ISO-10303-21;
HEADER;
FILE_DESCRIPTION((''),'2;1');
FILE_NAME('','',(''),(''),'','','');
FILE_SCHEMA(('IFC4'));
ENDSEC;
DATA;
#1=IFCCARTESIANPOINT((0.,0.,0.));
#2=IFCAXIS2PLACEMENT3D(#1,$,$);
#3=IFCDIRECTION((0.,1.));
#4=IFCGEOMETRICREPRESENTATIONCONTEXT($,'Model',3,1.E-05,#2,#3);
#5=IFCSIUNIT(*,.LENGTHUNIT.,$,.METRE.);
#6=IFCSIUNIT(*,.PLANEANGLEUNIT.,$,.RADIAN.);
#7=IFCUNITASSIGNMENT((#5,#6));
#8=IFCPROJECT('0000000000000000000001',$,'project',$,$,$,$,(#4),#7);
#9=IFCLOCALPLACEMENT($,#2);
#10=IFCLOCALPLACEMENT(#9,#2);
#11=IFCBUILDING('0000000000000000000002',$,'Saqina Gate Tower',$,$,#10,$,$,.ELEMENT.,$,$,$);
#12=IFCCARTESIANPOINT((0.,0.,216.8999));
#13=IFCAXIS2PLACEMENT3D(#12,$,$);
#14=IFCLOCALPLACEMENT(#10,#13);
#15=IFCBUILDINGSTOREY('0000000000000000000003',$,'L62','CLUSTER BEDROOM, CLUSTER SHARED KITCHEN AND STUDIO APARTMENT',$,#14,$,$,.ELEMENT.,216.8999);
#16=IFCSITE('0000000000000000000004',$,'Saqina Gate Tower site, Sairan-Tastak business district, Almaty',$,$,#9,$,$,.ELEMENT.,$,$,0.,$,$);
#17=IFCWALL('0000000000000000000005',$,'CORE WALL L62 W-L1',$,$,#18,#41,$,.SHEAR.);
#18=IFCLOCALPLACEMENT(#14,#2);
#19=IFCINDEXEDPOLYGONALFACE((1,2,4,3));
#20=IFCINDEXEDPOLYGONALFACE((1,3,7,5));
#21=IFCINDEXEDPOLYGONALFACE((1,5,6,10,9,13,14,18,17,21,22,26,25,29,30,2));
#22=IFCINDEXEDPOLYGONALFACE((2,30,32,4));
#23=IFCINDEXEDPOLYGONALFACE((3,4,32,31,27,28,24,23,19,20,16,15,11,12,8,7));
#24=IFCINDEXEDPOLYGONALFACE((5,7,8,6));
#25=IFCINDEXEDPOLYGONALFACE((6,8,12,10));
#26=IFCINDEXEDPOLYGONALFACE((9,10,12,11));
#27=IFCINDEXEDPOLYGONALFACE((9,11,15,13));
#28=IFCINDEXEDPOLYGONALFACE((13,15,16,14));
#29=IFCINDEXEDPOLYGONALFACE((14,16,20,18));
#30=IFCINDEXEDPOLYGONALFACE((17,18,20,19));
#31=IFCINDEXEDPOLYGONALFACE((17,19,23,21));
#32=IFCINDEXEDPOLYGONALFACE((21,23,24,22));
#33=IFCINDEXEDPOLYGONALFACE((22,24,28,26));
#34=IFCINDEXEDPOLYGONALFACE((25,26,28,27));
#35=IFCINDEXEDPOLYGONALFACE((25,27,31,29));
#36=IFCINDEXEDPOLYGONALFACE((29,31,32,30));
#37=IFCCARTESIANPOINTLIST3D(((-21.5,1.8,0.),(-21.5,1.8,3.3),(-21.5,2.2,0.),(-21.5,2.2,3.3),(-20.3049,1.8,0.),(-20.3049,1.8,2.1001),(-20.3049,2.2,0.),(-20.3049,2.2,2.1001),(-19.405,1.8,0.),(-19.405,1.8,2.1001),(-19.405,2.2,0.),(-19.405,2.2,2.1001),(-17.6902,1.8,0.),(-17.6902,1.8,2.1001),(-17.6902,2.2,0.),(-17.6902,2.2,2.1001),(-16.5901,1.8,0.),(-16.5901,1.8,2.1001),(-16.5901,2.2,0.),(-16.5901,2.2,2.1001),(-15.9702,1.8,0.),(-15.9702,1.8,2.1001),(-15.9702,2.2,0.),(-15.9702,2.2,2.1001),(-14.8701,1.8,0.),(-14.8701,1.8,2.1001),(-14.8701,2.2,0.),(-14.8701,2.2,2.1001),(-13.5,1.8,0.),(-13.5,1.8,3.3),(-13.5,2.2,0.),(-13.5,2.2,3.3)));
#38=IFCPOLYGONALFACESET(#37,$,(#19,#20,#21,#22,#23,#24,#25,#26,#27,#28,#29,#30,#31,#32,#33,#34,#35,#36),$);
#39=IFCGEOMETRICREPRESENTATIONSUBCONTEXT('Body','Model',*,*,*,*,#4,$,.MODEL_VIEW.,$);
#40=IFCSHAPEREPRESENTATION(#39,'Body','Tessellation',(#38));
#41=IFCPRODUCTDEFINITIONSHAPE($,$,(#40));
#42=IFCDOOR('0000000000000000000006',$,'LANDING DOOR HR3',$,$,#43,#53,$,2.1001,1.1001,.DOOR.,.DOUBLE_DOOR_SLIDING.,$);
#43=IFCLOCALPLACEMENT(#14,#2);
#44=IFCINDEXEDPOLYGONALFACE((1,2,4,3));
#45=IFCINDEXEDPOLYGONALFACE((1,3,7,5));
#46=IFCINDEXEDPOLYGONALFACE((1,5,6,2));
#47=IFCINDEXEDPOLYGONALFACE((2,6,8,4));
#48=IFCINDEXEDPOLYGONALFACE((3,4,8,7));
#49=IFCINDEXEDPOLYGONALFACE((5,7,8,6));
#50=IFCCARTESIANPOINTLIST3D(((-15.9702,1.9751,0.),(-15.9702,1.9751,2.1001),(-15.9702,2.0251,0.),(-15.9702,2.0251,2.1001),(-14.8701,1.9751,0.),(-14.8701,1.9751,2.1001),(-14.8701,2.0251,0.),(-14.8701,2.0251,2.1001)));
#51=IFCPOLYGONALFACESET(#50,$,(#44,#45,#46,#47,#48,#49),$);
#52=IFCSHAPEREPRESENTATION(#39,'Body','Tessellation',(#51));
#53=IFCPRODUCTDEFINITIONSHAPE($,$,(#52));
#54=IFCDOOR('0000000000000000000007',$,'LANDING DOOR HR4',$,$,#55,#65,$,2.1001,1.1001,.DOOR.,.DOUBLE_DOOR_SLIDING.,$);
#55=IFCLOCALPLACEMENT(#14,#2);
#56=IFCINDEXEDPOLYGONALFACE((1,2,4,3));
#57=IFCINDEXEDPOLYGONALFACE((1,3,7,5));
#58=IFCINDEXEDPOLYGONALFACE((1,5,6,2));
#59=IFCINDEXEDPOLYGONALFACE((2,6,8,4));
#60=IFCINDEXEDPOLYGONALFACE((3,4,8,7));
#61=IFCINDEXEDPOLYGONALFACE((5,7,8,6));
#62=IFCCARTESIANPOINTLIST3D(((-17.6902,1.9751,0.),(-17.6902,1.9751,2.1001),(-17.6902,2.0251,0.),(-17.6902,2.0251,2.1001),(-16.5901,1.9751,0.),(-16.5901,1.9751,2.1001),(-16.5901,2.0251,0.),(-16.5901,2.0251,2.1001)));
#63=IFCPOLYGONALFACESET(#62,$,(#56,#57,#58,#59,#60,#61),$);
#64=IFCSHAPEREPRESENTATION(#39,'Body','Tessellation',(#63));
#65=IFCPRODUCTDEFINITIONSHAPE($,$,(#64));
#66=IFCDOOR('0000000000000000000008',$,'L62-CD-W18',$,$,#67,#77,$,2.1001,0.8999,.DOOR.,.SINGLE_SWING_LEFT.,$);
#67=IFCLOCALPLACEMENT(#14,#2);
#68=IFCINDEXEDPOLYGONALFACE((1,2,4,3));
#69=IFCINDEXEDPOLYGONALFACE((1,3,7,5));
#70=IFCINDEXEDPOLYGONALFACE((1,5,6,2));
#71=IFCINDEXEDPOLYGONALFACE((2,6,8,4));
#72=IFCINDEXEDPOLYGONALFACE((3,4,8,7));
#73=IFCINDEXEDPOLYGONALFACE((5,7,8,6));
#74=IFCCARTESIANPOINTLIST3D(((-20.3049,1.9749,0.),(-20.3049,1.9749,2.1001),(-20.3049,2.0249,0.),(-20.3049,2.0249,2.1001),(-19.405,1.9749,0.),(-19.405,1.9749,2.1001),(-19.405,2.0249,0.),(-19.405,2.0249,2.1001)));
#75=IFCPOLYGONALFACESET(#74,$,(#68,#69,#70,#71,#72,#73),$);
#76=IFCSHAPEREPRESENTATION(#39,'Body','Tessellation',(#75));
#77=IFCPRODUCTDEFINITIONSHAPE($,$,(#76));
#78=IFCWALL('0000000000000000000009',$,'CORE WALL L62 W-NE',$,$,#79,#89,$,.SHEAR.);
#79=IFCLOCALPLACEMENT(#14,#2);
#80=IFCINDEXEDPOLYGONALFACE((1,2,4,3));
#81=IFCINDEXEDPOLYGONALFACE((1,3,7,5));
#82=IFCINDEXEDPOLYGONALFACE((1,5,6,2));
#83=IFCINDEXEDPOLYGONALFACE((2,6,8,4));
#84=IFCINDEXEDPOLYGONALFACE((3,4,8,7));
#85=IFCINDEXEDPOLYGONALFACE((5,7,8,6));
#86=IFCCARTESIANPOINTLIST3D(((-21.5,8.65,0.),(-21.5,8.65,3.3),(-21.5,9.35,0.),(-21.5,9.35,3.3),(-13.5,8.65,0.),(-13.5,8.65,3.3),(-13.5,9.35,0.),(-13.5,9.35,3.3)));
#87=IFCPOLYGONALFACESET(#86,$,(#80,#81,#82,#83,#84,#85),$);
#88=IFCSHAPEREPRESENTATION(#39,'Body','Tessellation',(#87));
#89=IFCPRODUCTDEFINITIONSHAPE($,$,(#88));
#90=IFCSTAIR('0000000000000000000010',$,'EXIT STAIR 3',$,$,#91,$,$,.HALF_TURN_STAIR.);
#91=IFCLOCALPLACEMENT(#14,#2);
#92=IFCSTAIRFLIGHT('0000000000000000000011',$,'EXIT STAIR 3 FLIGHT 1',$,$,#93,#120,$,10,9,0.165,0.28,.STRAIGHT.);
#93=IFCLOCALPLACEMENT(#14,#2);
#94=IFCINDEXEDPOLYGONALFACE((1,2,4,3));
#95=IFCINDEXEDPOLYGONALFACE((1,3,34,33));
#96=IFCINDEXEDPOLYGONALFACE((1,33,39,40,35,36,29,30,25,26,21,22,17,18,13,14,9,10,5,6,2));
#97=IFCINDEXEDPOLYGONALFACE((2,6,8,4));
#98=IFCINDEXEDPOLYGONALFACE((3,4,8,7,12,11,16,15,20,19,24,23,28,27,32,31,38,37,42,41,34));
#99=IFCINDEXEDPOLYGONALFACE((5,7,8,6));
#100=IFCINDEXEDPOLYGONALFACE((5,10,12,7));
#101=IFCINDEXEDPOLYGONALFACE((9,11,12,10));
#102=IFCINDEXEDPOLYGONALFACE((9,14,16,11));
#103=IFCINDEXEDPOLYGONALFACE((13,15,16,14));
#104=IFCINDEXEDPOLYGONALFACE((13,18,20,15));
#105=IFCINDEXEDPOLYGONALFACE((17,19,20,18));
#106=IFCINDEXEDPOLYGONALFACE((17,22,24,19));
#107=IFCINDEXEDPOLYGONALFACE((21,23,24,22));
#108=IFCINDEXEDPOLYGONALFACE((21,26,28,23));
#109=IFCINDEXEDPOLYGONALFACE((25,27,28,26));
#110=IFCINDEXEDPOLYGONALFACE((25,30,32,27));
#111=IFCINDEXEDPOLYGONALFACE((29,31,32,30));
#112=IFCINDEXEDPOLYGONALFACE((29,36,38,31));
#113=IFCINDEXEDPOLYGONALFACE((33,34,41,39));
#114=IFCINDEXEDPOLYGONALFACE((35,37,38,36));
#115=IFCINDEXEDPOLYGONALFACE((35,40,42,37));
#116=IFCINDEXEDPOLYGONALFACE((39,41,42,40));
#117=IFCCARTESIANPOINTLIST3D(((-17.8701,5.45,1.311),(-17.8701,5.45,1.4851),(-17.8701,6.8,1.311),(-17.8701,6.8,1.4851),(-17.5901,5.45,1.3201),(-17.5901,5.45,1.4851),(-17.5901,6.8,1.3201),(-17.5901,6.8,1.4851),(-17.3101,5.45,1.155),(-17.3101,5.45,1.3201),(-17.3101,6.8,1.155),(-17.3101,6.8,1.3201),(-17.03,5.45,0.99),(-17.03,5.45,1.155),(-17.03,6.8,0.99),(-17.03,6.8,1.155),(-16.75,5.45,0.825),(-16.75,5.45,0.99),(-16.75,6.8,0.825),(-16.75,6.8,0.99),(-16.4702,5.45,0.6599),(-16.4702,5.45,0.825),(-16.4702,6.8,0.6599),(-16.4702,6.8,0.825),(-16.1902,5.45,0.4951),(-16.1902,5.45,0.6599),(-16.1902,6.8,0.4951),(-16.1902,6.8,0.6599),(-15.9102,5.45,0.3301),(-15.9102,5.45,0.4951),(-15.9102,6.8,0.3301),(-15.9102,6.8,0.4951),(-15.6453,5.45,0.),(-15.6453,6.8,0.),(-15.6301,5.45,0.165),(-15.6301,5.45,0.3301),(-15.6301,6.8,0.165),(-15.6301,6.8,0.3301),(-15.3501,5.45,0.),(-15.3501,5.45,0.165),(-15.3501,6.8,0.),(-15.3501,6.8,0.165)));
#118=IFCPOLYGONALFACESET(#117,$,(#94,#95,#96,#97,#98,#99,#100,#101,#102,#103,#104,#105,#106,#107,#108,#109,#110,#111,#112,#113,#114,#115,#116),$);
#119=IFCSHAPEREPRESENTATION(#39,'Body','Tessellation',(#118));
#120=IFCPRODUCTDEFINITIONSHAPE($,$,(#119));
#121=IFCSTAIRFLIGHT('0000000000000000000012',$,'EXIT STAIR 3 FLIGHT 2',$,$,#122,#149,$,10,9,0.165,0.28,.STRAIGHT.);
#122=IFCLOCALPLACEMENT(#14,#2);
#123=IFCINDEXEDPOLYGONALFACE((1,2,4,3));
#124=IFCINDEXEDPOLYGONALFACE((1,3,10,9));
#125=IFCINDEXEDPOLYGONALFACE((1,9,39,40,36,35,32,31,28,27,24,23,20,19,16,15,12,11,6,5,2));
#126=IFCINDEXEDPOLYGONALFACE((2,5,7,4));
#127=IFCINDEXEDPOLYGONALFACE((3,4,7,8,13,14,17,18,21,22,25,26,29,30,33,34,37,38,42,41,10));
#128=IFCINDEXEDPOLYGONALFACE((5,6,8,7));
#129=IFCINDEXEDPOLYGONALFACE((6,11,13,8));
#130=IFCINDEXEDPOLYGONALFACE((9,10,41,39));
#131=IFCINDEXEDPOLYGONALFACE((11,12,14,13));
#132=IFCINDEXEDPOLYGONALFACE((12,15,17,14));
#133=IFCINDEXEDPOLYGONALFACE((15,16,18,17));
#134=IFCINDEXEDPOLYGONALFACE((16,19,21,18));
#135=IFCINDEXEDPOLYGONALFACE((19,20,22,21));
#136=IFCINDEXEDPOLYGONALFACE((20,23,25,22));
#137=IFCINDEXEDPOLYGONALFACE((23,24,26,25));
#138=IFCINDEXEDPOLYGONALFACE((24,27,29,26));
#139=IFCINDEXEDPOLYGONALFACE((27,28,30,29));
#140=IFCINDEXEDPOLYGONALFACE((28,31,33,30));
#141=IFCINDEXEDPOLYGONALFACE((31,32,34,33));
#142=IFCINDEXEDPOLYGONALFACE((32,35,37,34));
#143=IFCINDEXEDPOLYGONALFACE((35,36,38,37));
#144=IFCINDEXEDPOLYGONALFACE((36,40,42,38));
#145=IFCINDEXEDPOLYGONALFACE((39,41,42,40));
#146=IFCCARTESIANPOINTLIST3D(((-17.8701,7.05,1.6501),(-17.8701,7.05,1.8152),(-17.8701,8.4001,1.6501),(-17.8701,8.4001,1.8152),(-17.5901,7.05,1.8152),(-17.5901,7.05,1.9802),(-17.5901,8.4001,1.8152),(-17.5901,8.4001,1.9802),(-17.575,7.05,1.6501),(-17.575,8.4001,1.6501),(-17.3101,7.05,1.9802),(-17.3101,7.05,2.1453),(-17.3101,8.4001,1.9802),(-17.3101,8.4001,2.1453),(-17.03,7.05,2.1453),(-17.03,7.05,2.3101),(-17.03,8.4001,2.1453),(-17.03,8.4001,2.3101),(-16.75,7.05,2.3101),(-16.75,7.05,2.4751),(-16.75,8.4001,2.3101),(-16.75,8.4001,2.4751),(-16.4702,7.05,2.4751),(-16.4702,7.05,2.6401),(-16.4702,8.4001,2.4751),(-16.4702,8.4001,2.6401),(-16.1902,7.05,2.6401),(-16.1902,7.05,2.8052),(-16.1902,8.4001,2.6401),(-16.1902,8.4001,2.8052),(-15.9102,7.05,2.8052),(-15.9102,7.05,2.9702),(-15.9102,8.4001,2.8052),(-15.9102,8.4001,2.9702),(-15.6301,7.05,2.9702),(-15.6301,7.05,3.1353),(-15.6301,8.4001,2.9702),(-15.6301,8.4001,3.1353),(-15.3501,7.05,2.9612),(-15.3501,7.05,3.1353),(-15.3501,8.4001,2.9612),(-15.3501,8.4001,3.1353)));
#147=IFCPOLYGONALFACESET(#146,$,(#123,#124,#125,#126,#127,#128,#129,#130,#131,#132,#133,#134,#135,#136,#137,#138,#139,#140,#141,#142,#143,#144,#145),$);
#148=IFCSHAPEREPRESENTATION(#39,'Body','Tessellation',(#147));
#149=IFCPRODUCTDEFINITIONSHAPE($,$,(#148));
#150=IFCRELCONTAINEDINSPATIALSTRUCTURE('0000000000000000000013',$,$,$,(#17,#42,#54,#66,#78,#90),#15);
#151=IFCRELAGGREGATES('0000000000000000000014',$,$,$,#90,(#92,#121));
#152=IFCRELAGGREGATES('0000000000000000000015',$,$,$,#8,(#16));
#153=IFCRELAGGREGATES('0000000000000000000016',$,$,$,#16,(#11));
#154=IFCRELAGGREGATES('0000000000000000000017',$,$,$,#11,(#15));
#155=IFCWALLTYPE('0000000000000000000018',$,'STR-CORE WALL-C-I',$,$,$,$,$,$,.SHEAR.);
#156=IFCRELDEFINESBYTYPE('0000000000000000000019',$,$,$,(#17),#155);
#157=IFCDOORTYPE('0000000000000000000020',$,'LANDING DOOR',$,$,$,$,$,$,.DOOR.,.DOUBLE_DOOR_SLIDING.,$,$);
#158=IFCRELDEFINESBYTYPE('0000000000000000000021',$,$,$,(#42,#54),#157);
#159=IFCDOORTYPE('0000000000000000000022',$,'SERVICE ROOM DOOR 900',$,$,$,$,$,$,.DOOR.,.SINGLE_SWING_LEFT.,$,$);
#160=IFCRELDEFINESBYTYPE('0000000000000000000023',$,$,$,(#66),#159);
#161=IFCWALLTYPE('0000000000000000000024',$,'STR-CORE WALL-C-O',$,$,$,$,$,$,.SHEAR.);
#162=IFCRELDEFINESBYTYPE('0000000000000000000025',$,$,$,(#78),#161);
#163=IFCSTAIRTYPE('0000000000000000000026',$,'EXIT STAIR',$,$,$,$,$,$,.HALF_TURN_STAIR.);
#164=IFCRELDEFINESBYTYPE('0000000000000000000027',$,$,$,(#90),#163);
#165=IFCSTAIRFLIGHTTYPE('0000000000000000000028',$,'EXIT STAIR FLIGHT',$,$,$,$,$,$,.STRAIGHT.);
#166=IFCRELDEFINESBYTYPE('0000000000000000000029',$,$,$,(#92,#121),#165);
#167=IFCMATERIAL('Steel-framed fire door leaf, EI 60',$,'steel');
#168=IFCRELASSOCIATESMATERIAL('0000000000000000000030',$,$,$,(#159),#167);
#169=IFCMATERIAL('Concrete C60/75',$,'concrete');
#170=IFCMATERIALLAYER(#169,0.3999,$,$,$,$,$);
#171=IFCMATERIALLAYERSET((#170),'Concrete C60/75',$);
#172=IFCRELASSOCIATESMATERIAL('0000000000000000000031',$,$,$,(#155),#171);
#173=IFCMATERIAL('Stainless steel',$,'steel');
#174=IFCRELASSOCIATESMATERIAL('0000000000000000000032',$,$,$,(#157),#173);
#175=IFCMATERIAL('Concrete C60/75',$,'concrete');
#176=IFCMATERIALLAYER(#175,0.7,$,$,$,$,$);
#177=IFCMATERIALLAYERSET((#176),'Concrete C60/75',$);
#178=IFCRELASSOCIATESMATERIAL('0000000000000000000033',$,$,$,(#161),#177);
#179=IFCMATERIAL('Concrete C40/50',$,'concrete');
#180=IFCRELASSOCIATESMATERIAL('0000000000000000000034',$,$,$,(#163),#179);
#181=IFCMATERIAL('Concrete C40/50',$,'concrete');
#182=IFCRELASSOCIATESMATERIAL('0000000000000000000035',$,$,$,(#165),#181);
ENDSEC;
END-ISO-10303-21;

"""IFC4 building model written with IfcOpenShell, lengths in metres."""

from ifc_helpers import new_model, si_unit, direction, frame, frame_2d, origin, place, context, subcontext, project, spatial, polyline, rectangle, outline, extrude, material, layer, layer_set, type_object, element, fill, aggregate, save


model = new_model("IFC4")

# Units and contexts
model_context = context("Model", 3, precision=1e-05, world=origin(), true_north=direction((0.0, 1.0)))
body_context = subcontext(model_context, "Body", "Model", "MODEL_VIEW")
ifc_project = project(units=[si_unit("LENGTHUNIT", "METRE"), si_unit("PLANEANGLEUNIT", "RADIAN")], contexts=[model_context])

# Site, building, storey
site_placement = place(None, origin())
site = spatial("IfcSite", under=ifc_project, at=site_placement, Name="Saqina Gate Tower site, Sairan-Tastak business district, Almaty", CompositionType="ELEMENT", RefElevation=0.0)
building_placement = place(site_placement, origin())
building = spatial("IfcBuilding", under=site, at=building_placement, Name="Saqina Gate Tower", CompositionType="ELEMENT")
storey_placement = place(building_placement, frame((0.0, 0.0, 216.8999)))
storey = spatial("IfcBuildingStorey", under=building, at=storey_placement, Name="L62", Description="CLUSTER BEDROOM, CLUSTER SHARED KITCHEN AND STUDIO APARTMENT", CompositionType="ELEMENT", Elevation=216.8999)

# Shared definitions
ifc_material_1 = material(Name="Steel-framed fire door leaf, EI 60", Category="steel")
door_type_1 = type_object("IfcDoorType", Name="SERVICE ROOM DOOR 900", OperationType="SINGLE_SWING_LEFT", PredefinedType="DOOR", material=ifc_material_1)

# Shared definitions
ifc_material_2 = material(Name="Concrete C60/75", Category="concrete")
ifc_layer_1 = layer(ifc_material_2, 0.3999)
ifc_layer_set_1 = layer_set([ifc_layer_1], Name="Concrete C60/75")
wall_type_1 = type_object("IfcWallType", Name="STR-CORE WALL-C-I", PredefinedType="SHEAR", material=ifc_layer_set_1)

# Wall, openings, doors
wall_1_placement = place(storey_placement, frame((-13.5, 2.0, 0.0), z_axis=(0.0, 0.0, 1.0), x_axis=(-1.0, 0.0, 0.0)))
wall_1 = element("IfcWall", 1, at=wall_1_placement, inside=storey, type_object=wall_type_1, Name="CORE WALL L62 W-L1", PredefinedType="SHEAR", context=body_context, shape_type="SweptSolid", body=[
    extrude(rectangle(XDim=8.0, YDim=0.3999, at=frame_2d((4.0, 0.0))), origin(), (0.0, 0.0, 1.0), 3.3),
])
opening_1_placement = place(wall_1_placement, frame((1.3701, 0.0, 0.0)))
opening_1 = element("IfcOpeningElement", 2, at=opening_1_placement, cuts=wall_1, PredefinedType="OPENING", context=body_context, shape_type="SweptSolid", body=[
    extrude(rectangle(XDim=1.1001, YDim=2.1001, at=frame_2d((0.55, 1.05))), frame((0.0, 0.2119, 0.0), z_axis=(0.0, -1.0, 0.0), x_axis=(1.0, 0.0, 0.0)), (0.0, 0.0, 1.0), 0.4238),
])
opening_2_placement = place(wall_1_placement, frame((3.0901, 0.0, 0.0)))
opening_2 = element("IfcOpeningElement", 3, at=opening_2_placement, cuts=wall_1, PredefinedType="OPENING", context=body_context, shape_type="SweptSolid", body=[
    extrude(rectangle(XDim=1.1001, YDim=2.1001, at=frame_2d((0.55, 1.05))), frame((0.0, 0.2119, 0.0), z_axis=(0.0, -1.0, 0.0), x_axis=(1.0, 0.0, 0.0)), (0.0, 0.0, 1.0), 0.4238),
])
opening_3_placement = place(wall_1_placement, frame((5.905, 0.0, 0.0)))
opening_3 = element("IfcOpeningElement", 4, at=opening_3_placement, cuts=wall_1, PredefinedType="OPENING", context=body_context, shape_type="SweptSolid", body=[
    extrude(rectangle(XDim=0.8999, YDim=2.1001, at=frame_2d((0.45, 1.05))), frame((0.0, 0.2119, 0.0), z_axis=(0.0, -1.0, 0.0), x_axis=(1.0, 0.0, 0.0)), (0.0, 0.0, 1.0), 0.4238),
])
ifc_material_3 = material(Name="Stainless steel", Category="steel")
door_type_2 = type_object("IfcDoorType", Name="LANDING DOOR", OperationType="DOUBLE_DOOR_SLIDING", PredefinedType="DOOR", material=ifc_material_3)
door_1_placement = place(opening_1_placement, origin())
door_1 = element("IfcDoor", 5, at=door_1_placement, inside=storey, type_object=door_type_2, Name="LANDING DOOR HR3", OperationType="DOUBLE_DOOR_SLIDING", OverallHeight=2.1001, OverallWidth=1.1001, PredefinedType="DOOR", context=body_context, shape_type="SweptSolid", body=[
    extrude(rectangle(XDim=1.1001, YDim=2.1001, at=frame_2d((0.55, 1.05))), frame((0.0, 0.0249, 0.0), z_axis=(0.0, -1.0, 0.0), x_axis=(1.0, 0.0, 0.0)), (0.0, 0.0, 1.0), 0.05),
])
fill(opening_1, door_1)
door_2_placement = place(opening_2_placement, origin())
door_2 = element("IfcDoor", 6, at=door_2_placement, inside=storey, type_object=door_type_2, Name="LANDING DOOR HR4", OperationType="DOUBLE_DOOR_SLIDING", OverallHeight=2.1001, OverallWidth=1.1001, PredefinedType="DOOR", context=body_context, shape_type="SweptSolid", body=[
    extrude(rectangle(XDim=1.1001, YDim=2.1001, at=frame_2d((0.55, 1.05))), frame((0.0, 0.0249, 0.0), z_axis=(0.0, -1.0, 0.0), x_axis=(1.0, 0.0, 0.0)), (0.0, 0.0, 1.0), 0.05),
])
fill(opening_2, door_2)
door_3_placement = place(opening_3_placement, frame((0.8999, 0.0, 0.0), z_axis=(0.0, 0.0, 1.0), x_axis=(-1.0, 0.0, 0.0)))
door_3 = element("IfcDoor", 7, at=door_3_placement, inside=storey, type_object=door_type_1, Name="L62-CD-W18", OperationType="SINGLE_SWING_LEFT", OverallHeight=2.1001, OverallWidth=0.8999, PredefinedType="DOOR", context=body_context, shape_type="SweptSolid", body=[
    extrude(rectangle(XDim=0.8999, YDim=2.1001, at=frame_2d((0.45, 1.05))), frame((0.0, 0.0249, 0.0), z_axis=(0.0, -1.0, 0.0), x_axis=(1.0, 0.0, 0.0)), (0.0, 0.0, 1.0), 0.05),
])
fill(opening_3, door_3)

# Wall
ifc_material_4 = material(Name="Concrete C60/75", Category="concrete")
ifc_layer_2 = layer(ifc_material_4, 0.7)
ifc_layer_set_2 = layer_set([ifc_layer_2], Name="Concrete C60/75")
wall_type_2 = type_object("IfcWallType", Name="STR-CORE WALL-C-O", PredefinedType="SHEAR", material=ifc_layer_set_2)
wall_2_placement = place(storey_placement, frame((-13.5, 9.0, 0.0), z_axis=(0.0, 0.0, 1.0), x_axis=(-1.0, 0.0, 0.0)))
element("IfcWall", 8, at=wall_2_placement, inside=storey, type_object=wall_type_2, Name="CORE WALL L62 W-NE", PredefinedType="SHEAR", context=body_context, shape_type="SweptSolid", body=[
    extrude(rectangle(XDim=8.0, YDim=0.7, at=frame_2d((4.0, 0.0))), origin(), (0.0, 0.0, 1.0), 3.3),
])

# Stair, stair flights
ifc_material_5 = material(Name="Concrete C40/50", Category="concrete")
stair_type = type_object("IfcStairType", Name="EXIT STAIR", PredefinedType="HALF_TURN_STAIR", material=ifc_material_5)
stair_placement = place(storey_placement, origin())
stair = element("IfcStair", 9, at=stair_placement, inside=storey, type_object=stair_type, Name="EXIT STAIR 3", PredefinedType="HALF_TURN_STAIR")
ifc_material_6 = material(Name="Concrete C40/50", Category="concrete")
stair_flight_type = type_object("IfcStairFlightType", Name="EXIT STAIR FLIGHT", PredefinedType="STRAIGHT", material=ifc_material_6)
stair_flight_1_placement = place(storey_placement, frame((-15.3501, 6.125, 0.0), z_axis=(0.0, 0.0, 1.0), x_axis=(-1.0, 0.0, 0.0)))
stair_flight_1 = element("IfcStairFlight", 10, at=stair_flight_1_placement, type_object=stair_flight_type, Name="EXIT STAIR 3 FLIGHT 1", NumberOfRisers=10, NumberOfTreads=9, PredefinedType="STRAIGHT", RiserHeight=0.165, TreadLength=0.28, context=body_context, shape_type="SweptSolid", body=[
    extrude(outline(polyline([(0.0, 0.0), (0.0, 0.165), (0.28, 0.165), (0.28, 0.3301), (0.5601, 0.3301), (0.5601, 0.4951), (0.8401, 0.4951), (0.8401, 0.6599), (1.1201, 0.6599), (1.1201, 0.825), (1.3999, 0.825), (1.3999, 0.99), (1.6799, 0.99), (1.6799, 1.155), (1.96, 1.155), (1.96, 1.3201), (2.24, 1.3201), (2.24, 1.4851), (2.52, 1.4851), (2.52, 1.6499), (2.52, 1.311), (0.2952, 0.0), (0.0, 0.0)])), frame((0.0, 0.675, 0.0), z_axis=(0.0, -1.0, 0.0), x_axis=(1.0, 0.0, 0.0)), (0.0, 0.0, 1.0), 1.3501),
])
stair_flight_2_placement = place(storey_placement, frame((-17.8701, 7.7251, 1.6501), z_axis=(0.0, 0.0, 1.0), x_axis=(1.0, 0.0, 0.0)))
stair_flight_2 = element("IfcStairFlight", 11, at=stair_flight_2_placement, type_object=stair_flight_type, Name="EXIT STAIR 3 FLIGHT 2", NumberOfRisers=10, NumberOfTreads=9, PredefinedType="STRAIGHT", RiserHeight=0.165, TreadLength=0.28, context=body_context, shape_type="SweptSolid", body=[
    extrude(outline(polyline([(0.0, 0.0), (0.0, 0.165), (0.28, 0.165), (0.28, 0.3301), (0.5601, 0.3301), (0.5601, 0.4951), (0.8401, 0.4951), (0.8401, 0.6599), (1.1201, 0.6599), (1.1201, 0.825), (1.3999, 0.825), (1.3999, 0.99), (1.6799, 0.99), (1.6799, 1.155), (1.96, 1.155), (1.96, 1.3201), (2.24, 1.3201), (2.24, 1.4851), (2.52, 1.4851), (2.52, 1.6499), (2.52, 1.311), (0.2952, 0.0), (0.0, 0.0)])), frame((0.0, 0.675, 0.0), z_axis=(0.0, -1.0, 0.0), x_axis=(1.0, 0.0, 0.0)), (0.0, 0.0, 1.0), 1.3501),
])
aggregate(stair, [stair_flight_1, stair_flight_2])

save(model, "model.ifc")
